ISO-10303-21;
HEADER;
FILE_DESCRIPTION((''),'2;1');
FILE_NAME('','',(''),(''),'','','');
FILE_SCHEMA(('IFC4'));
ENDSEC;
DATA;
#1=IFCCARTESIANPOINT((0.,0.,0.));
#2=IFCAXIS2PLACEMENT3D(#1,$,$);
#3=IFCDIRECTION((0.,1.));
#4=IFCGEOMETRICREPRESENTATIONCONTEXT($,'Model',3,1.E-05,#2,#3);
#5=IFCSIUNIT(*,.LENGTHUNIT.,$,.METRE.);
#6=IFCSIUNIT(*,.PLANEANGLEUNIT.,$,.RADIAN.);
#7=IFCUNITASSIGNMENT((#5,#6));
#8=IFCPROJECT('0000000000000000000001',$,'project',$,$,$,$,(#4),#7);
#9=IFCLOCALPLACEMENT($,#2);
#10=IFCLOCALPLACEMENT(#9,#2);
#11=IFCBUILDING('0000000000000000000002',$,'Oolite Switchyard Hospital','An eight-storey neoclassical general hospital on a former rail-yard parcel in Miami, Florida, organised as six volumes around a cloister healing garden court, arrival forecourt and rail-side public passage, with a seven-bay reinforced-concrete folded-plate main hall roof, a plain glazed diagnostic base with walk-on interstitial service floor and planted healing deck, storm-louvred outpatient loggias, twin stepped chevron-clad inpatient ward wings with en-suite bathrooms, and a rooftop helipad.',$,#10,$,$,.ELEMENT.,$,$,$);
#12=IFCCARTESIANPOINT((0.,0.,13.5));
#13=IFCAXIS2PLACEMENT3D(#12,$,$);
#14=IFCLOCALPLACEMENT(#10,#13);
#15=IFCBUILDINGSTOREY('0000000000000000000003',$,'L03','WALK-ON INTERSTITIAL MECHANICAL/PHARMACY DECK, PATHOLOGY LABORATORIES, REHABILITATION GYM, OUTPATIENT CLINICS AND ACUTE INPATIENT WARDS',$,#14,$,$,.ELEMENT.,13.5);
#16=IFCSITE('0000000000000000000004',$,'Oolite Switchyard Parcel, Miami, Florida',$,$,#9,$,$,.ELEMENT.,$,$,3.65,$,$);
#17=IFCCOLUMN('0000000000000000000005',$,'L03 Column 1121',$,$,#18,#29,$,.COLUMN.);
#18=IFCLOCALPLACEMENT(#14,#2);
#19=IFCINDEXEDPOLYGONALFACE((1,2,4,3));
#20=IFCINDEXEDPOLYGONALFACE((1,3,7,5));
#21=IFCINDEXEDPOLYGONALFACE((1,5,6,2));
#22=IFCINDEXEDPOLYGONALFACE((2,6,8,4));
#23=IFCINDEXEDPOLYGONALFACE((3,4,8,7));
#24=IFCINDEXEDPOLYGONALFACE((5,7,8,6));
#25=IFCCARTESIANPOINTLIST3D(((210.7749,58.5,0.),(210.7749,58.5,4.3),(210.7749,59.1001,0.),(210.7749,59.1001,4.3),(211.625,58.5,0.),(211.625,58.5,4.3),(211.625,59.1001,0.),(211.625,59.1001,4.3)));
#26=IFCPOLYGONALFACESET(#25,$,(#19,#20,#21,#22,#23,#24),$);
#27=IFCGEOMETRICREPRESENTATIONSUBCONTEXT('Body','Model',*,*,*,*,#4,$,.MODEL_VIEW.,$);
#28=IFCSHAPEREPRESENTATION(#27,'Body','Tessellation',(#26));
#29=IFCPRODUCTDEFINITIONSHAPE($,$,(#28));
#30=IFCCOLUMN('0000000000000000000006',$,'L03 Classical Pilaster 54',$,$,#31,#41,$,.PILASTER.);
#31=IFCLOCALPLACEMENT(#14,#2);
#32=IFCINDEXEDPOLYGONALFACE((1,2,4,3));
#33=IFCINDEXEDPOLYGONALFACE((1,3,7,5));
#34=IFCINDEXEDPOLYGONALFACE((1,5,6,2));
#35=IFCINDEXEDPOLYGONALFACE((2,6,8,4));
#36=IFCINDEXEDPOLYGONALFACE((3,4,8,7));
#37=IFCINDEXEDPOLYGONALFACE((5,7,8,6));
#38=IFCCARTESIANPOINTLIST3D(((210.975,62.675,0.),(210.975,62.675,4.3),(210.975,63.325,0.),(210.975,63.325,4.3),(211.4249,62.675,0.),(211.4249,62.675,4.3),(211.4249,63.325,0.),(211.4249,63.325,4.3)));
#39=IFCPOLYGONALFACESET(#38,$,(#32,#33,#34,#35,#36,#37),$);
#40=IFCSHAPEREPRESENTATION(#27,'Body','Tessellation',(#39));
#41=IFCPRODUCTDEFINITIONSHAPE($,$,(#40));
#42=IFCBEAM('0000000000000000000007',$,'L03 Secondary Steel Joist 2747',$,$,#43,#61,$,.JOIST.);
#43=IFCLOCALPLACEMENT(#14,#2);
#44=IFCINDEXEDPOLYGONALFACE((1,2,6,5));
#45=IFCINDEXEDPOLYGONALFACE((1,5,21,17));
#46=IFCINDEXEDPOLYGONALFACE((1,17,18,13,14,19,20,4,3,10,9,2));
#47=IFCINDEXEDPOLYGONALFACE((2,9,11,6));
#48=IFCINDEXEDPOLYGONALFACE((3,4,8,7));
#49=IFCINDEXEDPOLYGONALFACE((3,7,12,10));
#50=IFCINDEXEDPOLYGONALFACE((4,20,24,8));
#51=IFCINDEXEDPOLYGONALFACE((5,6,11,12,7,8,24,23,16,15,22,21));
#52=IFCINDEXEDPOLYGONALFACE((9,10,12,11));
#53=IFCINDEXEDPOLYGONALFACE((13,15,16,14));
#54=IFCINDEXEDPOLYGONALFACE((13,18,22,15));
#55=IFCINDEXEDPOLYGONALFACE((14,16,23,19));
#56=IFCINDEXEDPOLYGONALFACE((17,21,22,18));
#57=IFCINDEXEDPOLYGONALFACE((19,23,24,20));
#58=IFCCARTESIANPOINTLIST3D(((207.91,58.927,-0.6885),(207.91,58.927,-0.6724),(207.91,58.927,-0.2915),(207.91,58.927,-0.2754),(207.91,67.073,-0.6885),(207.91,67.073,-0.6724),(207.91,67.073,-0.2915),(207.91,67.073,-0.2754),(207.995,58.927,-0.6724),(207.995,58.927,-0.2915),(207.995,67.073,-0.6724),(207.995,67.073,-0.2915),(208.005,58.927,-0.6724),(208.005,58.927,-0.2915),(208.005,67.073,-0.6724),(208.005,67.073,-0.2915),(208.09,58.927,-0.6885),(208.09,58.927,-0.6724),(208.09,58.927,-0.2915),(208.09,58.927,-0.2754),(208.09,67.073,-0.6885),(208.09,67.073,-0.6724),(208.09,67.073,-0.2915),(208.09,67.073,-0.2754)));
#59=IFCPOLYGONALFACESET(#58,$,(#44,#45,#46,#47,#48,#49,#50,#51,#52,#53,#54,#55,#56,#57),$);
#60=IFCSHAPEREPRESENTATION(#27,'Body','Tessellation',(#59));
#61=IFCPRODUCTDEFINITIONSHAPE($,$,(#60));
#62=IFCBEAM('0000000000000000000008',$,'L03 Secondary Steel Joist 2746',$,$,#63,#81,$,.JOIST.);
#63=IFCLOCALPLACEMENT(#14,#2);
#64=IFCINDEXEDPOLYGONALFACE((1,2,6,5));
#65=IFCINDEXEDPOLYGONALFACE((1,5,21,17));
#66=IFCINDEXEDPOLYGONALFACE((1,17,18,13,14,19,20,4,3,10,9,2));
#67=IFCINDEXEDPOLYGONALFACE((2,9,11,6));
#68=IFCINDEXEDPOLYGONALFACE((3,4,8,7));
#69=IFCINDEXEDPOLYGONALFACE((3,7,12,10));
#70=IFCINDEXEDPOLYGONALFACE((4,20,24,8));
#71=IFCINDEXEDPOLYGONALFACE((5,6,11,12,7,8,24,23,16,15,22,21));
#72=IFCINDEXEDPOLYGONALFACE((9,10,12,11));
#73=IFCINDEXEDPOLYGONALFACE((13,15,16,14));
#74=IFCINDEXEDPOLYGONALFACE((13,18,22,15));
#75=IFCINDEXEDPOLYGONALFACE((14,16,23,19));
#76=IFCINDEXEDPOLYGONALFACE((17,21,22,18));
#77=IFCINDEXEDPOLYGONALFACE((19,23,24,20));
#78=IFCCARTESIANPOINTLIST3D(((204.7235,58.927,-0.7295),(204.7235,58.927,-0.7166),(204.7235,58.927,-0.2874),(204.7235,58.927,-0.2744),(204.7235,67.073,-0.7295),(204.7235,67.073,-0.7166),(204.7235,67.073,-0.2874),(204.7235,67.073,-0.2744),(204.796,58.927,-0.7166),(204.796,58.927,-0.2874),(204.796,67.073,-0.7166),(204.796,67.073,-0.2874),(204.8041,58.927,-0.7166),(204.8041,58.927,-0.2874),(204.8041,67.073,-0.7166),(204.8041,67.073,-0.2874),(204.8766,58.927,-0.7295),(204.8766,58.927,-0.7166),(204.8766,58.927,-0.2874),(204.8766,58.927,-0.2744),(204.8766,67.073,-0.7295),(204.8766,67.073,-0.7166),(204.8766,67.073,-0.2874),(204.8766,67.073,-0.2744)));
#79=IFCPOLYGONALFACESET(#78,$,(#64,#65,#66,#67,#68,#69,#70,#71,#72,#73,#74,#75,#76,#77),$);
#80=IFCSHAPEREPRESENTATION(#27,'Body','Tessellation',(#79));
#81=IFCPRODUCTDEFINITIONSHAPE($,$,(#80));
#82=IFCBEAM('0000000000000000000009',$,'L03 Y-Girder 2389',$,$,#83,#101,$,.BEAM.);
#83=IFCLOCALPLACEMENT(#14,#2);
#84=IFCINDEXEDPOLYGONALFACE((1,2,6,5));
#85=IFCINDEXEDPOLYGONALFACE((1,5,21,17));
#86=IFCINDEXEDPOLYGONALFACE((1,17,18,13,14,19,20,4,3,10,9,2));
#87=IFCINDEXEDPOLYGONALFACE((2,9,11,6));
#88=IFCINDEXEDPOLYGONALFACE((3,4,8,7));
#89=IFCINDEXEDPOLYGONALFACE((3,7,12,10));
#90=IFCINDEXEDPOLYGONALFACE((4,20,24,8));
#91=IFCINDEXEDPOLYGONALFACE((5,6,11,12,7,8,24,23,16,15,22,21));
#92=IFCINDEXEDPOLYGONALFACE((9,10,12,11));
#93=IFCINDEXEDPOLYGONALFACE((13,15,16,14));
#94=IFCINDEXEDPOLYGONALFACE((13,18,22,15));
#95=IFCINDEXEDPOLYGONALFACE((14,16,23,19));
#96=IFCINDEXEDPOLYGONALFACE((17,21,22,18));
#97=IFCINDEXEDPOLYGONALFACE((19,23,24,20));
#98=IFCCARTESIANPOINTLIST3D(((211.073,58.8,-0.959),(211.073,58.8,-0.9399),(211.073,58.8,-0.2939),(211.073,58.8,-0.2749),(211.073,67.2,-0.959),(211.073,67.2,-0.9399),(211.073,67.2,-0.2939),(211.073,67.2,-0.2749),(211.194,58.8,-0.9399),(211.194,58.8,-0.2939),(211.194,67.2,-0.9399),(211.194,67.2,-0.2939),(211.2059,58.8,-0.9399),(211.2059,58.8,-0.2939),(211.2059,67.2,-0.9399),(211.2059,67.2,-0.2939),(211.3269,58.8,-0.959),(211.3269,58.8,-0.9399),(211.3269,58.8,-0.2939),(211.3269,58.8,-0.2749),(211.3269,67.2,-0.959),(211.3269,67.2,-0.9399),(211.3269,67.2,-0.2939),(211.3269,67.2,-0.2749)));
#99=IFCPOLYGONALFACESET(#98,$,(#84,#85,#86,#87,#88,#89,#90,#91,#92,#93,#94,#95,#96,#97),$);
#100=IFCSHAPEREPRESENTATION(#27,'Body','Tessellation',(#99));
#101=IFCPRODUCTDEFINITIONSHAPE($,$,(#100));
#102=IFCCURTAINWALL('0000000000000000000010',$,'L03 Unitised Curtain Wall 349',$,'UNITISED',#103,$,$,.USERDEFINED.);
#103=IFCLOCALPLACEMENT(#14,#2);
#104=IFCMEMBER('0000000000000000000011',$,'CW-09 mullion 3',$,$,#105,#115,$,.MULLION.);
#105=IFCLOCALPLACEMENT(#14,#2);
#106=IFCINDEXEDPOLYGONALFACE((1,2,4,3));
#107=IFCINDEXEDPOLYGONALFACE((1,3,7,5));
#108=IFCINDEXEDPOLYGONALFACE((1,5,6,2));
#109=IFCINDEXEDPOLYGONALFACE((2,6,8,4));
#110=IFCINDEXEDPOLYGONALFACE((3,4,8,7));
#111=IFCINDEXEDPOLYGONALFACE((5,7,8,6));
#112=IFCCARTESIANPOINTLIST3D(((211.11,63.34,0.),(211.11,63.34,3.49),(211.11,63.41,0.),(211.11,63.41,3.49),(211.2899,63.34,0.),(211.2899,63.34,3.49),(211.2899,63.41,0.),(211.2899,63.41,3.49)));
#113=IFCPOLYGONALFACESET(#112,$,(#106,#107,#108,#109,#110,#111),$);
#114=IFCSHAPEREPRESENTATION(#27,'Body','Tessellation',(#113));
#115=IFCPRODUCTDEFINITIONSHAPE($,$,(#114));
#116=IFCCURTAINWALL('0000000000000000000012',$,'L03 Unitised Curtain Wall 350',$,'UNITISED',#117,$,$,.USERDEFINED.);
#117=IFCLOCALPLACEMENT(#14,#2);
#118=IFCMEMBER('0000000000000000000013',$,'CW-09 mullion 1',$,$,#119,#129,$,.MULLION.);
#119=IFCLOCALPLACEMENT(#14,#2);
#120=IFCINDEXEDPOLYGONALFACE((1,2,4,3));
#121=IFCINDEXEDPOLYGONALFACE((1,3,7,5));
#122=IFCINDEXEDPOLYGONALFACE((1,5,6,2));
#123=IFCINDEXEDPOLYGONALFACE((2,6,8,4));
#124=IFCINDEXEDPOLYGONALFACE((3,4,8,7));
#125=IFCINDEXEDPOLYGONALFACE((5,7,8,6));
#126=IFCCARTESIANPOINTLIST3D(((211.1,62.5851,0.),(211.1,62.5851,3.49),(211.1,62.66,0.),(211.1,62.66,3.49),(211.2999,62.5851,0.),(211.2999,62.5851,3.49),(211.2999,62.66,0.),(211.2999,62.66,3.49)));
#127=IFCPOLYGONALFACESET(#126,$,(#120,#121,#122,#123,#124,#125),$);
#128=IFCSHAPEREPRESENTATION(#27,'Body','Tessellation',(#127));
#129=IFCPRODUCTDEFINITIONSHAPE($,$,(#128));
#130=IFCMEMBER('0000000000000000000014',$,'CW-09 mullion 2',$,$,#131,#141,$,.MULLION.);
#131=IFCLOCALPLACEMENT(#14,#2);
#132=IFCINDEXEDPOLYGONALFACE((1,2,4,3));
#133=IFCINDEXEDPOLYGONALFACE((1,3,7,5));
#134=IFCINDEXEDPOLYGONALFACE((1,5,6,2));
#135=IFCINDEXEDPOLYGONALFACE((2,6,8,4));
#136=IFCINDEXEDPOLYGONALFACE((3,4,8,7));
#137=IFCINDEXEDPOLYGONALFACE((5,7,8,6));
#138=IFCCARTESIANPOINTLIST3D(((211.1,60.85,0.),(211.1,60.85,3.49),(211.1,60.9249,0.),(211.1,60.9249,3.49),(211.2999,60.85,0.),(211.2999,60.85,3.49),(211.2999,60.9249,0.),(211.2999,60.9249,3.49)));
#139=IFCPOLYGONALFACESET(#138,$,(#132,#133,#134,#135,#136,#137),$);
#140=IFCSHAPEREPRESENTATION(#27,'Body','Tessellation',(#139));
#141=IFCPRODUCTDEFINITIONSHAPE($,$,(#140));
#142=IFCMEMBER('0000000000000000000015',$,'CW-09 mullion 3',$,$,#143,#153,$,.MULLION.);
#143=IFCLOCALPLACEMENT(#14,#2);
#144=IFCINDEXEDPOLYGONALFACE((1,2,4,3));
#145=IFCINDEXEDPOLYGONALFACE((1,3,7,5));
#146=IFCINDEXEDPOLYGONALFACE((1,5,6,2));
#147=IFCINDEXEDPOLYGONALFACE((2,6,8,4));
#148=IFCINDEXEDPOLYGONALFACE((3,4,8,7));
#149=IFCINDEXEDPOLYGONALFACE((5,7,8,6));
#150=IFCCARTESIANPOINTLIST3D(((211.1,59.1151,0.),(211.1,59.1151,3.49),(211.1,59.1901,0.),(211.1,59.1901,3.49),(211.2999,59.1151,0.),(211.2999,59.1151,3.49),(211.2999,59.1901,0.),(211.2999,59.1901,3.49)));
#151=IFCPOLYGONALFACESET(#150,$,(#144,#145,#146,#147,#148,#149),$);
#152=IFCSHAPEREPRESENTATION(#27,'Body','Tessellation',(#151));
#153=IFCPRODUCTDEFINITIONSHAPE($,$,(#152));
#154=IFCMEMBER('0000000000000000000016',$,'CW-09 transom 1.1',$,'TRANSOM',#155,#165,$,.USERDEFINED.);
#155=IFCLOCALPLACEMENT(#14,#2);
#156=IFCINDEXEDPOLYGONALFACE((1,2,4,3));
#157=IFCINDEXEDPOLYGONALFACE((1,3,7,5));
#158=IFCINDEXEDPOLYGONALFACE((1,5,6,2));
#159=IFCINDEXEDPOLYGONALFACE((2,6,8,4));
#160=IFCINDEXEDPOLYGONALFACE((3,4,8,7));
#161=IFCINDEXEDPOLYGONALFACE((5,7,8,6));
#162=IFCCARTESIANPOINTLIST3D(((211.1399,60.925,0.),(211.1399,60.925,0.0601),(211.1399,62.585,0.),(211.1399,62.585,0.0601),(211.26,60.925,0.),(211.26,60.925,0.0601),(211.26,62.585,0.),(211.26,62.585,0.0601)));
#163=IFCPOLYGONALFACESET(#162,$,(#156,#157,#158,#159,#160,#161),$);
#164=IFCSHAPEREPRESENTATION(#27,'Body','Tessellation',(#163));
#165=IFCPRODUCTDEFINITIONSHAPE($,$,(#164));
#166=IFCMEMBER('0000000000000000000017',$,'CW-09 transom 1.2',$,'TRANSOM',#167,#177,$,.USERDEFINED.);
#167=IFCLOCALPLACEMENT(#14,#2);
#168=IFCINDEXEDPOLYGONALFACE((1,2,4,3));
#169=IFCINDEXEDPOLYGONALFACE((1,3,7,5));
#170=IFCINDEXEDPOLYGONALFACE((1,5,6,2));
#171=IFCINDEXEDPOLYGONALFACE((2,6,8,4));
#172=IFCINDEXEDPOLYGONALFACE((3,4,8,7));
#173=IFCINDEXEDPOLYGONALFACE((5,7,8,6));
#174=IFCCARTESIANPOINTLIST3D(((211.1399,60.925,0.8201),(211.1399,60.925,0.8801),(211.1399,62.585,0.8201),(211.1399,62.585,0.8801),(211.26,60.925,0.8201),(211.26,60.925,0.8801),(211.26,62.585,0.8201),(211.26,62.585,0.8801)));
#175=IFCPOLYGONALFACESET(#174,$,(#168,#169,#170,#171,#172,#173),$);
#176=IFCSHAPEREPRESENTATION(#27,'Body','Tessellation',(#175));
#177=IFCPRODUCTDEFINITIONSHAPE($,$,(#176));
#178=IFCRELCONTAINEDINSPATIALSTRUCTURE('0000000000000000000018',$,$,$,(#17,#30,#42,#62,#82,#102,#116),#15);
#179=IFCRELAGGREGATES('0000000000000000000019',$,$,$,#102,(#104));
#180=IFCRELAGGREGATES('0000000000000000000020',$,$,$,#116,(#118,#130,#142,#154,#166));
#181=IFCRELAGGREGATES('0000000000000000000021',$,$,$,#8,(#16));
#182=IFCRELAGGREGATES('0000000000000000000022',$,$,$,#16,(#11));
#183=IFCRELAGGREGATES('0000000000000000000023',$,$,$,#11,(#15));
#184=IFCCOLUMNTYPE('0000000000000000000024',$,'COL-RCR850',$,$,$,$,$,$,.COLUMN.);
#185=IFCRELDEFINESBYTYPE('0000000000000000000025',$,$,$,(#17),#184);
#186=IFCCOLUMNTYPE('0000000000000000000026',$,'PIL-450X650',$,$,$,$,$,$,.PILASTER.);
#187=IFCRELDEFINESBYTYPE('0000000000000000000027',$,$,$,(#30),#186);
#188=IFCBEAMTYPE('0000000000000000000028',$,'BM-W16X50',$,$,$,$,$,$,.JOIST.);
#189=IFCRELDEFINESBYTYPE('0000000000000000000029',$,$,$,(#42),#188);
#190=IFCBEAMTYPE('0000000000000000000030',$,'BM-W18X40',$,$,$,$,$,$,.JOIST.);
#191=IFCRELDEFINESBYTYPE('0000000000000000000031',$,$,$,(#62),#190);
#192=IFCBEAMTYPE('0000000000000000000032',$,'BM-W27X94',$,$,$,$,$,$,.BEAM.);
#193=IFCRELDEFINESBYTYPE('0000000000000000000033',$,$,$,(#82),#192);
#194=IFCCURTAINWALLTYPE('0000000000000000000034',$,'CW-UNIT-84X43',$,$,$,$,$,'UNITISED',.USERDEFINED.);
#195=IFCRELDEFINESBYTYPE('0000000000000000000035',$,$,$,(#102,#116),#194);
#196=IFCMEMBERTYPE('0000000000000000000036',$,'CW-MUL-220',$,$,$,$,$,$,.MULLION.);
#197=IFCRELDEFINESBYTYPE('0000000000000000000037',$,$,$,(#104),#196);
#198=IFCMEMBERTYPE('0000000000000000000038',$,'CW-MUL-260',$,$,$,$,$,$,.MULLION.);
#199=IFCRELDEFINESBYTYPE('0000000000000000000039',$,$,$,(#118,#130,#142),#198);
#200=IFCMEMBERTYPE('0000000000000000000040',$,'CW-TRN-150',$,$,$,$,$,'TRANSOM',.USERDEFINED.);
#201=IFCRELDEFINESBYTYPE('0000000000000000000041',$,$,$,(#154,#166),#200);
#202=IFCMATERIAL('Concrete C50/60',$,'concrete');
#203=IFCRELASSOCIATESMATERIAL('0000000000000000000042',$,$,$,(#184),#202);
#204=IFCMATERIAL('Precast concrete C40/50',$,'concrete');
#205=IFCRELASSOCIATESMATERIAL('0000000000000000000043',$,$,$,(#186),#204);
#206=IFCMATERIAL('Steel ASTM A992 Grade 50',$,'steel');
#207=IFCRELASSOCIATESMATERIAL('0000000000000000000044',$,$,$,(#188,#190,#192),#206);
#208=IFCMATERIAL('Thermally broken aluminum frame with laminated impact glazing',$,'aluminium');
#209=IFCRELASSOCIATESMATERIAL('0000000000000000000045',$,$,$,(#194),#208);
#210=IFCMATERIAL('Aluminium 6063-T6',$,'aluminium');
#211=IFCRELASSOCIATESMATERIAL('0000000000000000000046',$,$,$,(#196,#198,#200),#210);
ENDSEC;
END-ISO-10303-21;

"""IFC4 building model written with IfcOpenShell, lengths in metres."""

from ifc_helpers import new_model, si_unit, direction, frame, origin, origin_2d, place, context, subcontext, project, spatial, rectangle, i_section, extrude, material, material_profile, profile_set, type_object, element, aggregate, save


model = new_model("IFC4")

# Units and contexts
model_context = context("Model", 3, precision=1e-05, world=origin(), true_north=direction((0.0, 1.0)))
body_context = subcontext(model_context, "Body", "Model", "MODEL_VIEW")
ifc_project = project(units=[si_unit("LENGTHUNIT", "METRE"), si_unit("PLANEANGLEUNIT", "RADIAN")], contexts=[model_context])

# Site, building, storey
site_placement = place(None, origin())
site = spatial("IfcSite", under=ifc_project, at=site_placement, Name="Oolite Switchyard Parcel, Miami, Florida", CompositionType="ELEMENT", RefElevation=3.65)
building_placement = place(site_placement, origin())
building = spatial("IfcBuilding", under=site, at=building_placement, Name="Oolite Switchyard Hospital", Description="An eight-storey neoclassical general hospital on a former rail-yard parcel in Miami, Florida, organised as six volumes around a cloister healing garden court, arrival forecourt and rail-side public passage, with a seven-bay reinforced-concrete folded-plate main hall roof, a plain glazed diagnostic base with walk-on interstitial service floor and planted healing deck, storm-louvred outpatient loggias, twin stepped chevron-clad inpatient ward wings with en-suite bathrooms, and a rooftop helipad.", CompositionType="ELEMENT")
storey_placement = place(building_placement, frame((0.0, 0.0, 13.5)))
storey = spatial("IfcBuildingStorey", under=building, at=storey_placement, Name="L03", Description="WALK-ON INTERSTITIAL MECHANICAL/PHARMACY DECK, PATHOLOGY LABORATORIES, REHABILITATION GYM, OUTPATIENT CLINICS AND ACUTE INPATIENT WARDS", CompositionType="ELEMENT", Elevation=13.5)

# Columns
ifc_material_1 = material(Name="Concrete C50/60", Category="concrete")
ifc_material_profile_1 = material_profile(ifc_material_1, rectangle(XDim=0.8501, YDim=0.6001, at=origin_2d()), Name="RC850X600")
ifc_profile_set_1 = profile_set([ifc_material_profile_1], Name="Concrete C50/60")
column_type_1 = type_object("IfcColumnType", Name="COL-RCR850", PredefinedType="COLUMN", material=ifc_profile_set_1)
column_1_placement = place(storey_placement, frame((211.2, 58.8, 0.0), z_axis=(0.0, 0.0, 1.0), x_axis=(1.0, 0.0, 0.0)))
element("IfcColumn", 1, at=column_1_placement, inside=storey, type_object=column_type_1, Name="L03 Column 1121", PredefinedType="COLUMN", context=body_context, shape_type="SweptSolid", body=[
    extrude(rectangle(XDim=0.8501, YDim=0.6001, at=origin_2d()), origin(), (0.0, 0.0, 1.0), 4.3),
])
ifc_material_2 = material(Name="Precast concrete C40/50", Category="concrete")
ifc_material_profile_2 = material_profile(ifc_material_2, rectangle(XDim=0.45, YDim=0.6499, at=origin_2d()), Name="PIL450X650")
ifc_profile_set_2 = profile_set([ifc_material_profile_2], Name="Precast concrete C40/50")
column_type_2 = type_object("IfcColumnType", Name="PIL-450X650", PredefinedType="PILASTER", material=ifc_profile_set_2)
column_2_placement = place(storey_placement, frame((211.2, 63.0, 0.0), z_axis=(0.0, 0.0, 1.0), x_axis=(1.0, 0.0, 0.0)))
element("IfcColumn", 2, at=column_2_placement, inside=storey, type_object=column_type_2, Name="L03 Classical Pilaster 54", PredefinedType="PILASTER", context=body_context, shape_type="SweptSolid", body=[
    extrude(rectangle(XDim=0.45, YDim=0.6499, at=origin_2d()), origin(), (0.0, 0.0, 1.0), 4.3),
])

# Beams
ifc_material_3 = material(Name="Steel ASTM A992 Grade 50", Category="steel")
ifc_material_profile_3 = material_profile(ifc_material_3, i_section(OverallWidth=0.1799, OverallDepth=0.4131, WebThickness=0.01, FlangeThickness=0.0161, at=origin_2d()), Name="W16X50")
ifc_profile_set_3 = profile_set([ifc_material_profile_3], Name="Steel ASTM A992 Grade 50")
beam_type_1 = type_object("IfcBeamType", Name="BM-W16X50", PredefinedType="JOIST", material=ifc_profile_set_3)
beam_1_placement = place(storey_placement, frame((208.0, 58.927, -0.4819), z_axis=(0.0, 1.0, 0.0), x_axis=(-1.0, 0.0, 0.0)))
element("IfcBeam", 3, at=beam_1_placement, inside=storey, type_object=beam_type_1, Name="L03 Secondary Steel Joist 2747", PredefinedType="JOIST", context=body_context, shape_type="SweptSolid", body=[
    extrude(i_section(OverallWidth=0.1799, OverallDepth=0.4131, WebThickness=0.01, FlangeThickness=0.0161, at=origin_2d()), origin(), (0.0, 0.0, 1.0), 8.146),
])
ifc_material_profile_4 = material_profile(ifc_material_3, i_section(OverallWidth=0.1531, OverallDepth=0.4551, WebThickness=0.0081, FlangeThickness=0.0129, at=origin_2d()), Name="W18X40")
ifc_profile_set_4 = profile_set([ifc_material_profile_4], Name="Steel ASTM A992 Grade 50")
beam_type_2 = type_object("IfcBeamType", Name="BM-W18X40", PredefinedType="JOIST", material=ifc_profile_set_4)
beam_2_placement = place(storey_placement, frame((204.8, 58.927, -0.502), z_axis=(0.0, 1.0, 0.0), x_axis=(-1.0, 0.0, 0.0)))
element("IfcBeam", 4, at=beam_2_placement, inside=storey, type_object=beam_type_2, Name="L03 Secondary Steel Joist 2746", PredefinedType="JOIST", context=body_context, shape_type="SweptSolid", body=[
    extrude(i_section(OverallWidth=0.1531, OverallDepth=0.4551, WebThickness=0.0081, FlangeThickness=0.0129, at=origin_2d()), origin(), (0.0, 0.0, 1.0), 8.146),
])
ifc_material_profile_5 = material_profile(ifc_material_3, i_section(OverallWidth=0.2539, OverallDepth=0.6841, WebThickness=0.012, FlangeThickness=0.019, at=origin_2d()), Name="W27X94")
ifc_profile_set_5 = profile_set([ifc_material_profile_5], Name="Steel ASTM A992 Grade 50")
beam_type_3 = type_object("IfcBeamType", Name="BM-W27X94", PredefinedType="BEAM", material=ifc_profile_set_5)
beam_3_placement = place(storey_placement, frame((211.2, 58.8, -0.6169), z_axis=(0.0, 1.0, 0.0), x_axis=(-1.0, 0.0, 0.0)))
element("IfcBeam", 5, at=beam_3_placement, inside=storey, type_object=beam_type_3, Name="L03 Y-Girder 2389", PredefinedType="BEAM", context=body_context, shape_type="SweptSolid", body=[
    extrude(i_section(OverallWidth=0.2539, OverallDepth=0.6841, WebThickness=0.012, FlangeThickness=0.019, at=origin_2d()), origin(), (0.0, 0.0, 1.0), 8.3999),
])

# Curtain wall, member
ifc_material_4 = material(Name="Thermally broken aluminum frame with laminated impact glazing", Category="aluminium")
curtain_wall_type = type_object("IfcCurtainWallType", Name="CW-UNIT-84X43", ElementType="UNITISED", PredefinedType="USERDEFINED", material=ifc_material_4)
curtain_wall_1_placement = place(storey_placement, origin())
curtain_wall_1 = element("IfcCurtainWall", 6, at=curtain_wall_1_placement, inside=storey, type_object=curtain_wall_type, Name="L03 Unitised Curtain Wall 349", ObjectType="UNITISED", PredefinedType="USERDEFINED")
ifc_material_5 = material(Name="Aluminium 6063-T6", Category="aluminium")
ifc_material_profile_6 = material_profile(ifc_material_5, rectangle(XDim=0.1799, YDim=0.0701, at=origin_2d()), Name="CWM70X180")
ifc_profile_set_6 = profile_set([ifc_material_profile_6], Name="Aluminium 6063-T6")
member_type_1 = type_object("IfcMemberType", Name="CW-MUL-220", PredefinedType="MULLION", material=ifc_profile_set_6)
member_1_placement = place(storey_placement, frame((211.2, 63.375, 0.0), z_axis=(0.0, 0.0, 1.0), x_axis=(1.0, 0.0, 0.0)))
member_1 = element("IfcMember", 7, at=member_1_placement, type_object=member_type_1, Name="CW-09 mullion 3", PredefinedType="MULLION", context=body_context, shape_type="SweptSolid", body=[
    extrude(rectangle(XDim=0.1799, YDim=0.0701, at=origin_2d()), origin(), (0.0, 0.0, 1.0), 3.49),
])

# Curtain wall, members
curtain_wall_2_placement = place(storey_placement, origin())
curtain_wall_2 = element("IfcCurtainWall", 8, at=curtain_wall_2_placement, inside=storey, type_object=curtain_wall_type, Name="L03 Unitised Curtain Wall 350", ObjectType="UNITISED", PredefinedType="USERDEFINED")
ifc_material_profile_7 = material_profile(ifc_material_5, rectangle(XDim=0.2, YDim=0.075, at=origin_2d()), Name="CWM75X200")
ifc_profile_set_7 = profile_set([ifc_material_profile_7], Name="Aluminium 6063-T6")
member_type_2 = type_object("IfcMemberType", Name="CW-MUL-260", PredefinedType="MULLION", material=ifc_profile_set_7)
member_2_placement = place(storey_placement, frame((211.2, 62.6226, 0.0), z_axis=(0.0, 0.0, 1.0), x_axis=(1.0, 0.0, 0.0)))
member_2 = element("IfcMember", 9, at=member_2_placement, type_object=member_type_2, Name="CW-09 mullion 1", PredefinedType="MULLION", context=body_context, shape_type="SweptSolid", body=[
    extrude(rectangle(XDim=0.2, YDim=0.075, at=origin_2d()), origin(), (0.0, 0.0, 1.0), 3.49),
])
member_3_placement = place(storey_placement, frame((211.2, 60.8875, 0.0), z_axis=(0.0, 0.0, 1.0), x_axis=(1.0, 0.0, 0.0)))
member_3 = element("IfcMember", 10, at=member_3_placement, type_object=member_type_2, Name="CW-09 mullion 2", PredefinedType="MULLION", context=body_context, shape_type="SweptSolid", body=[
    extrude(rectangle(XDim=0.2, YDim=0.075, at=origin_2d()), origin(), (0.0, 0.0, 1.0), 3.49),
])
member_4_placement = place(storey_placement, frame((211.2, 59.1526, 0.0), z_axis=(0.0, 0.0, 1.0), x_axis=(1.0, 0.0, 0.0)))
member_4 = element("IfcMember", 11, at=member_4_placement, type_object=member_type_2, Name="CW-09 mullion 3", PredefinedType="MULLION", context=body_context, shape_type="SweptSolid", body=[
    extrude(rectangle(XDim=0.2, YDim=0.075, at=origin_2d()), origin(), (0.0, 0.0, 1.0), 3.49),
])
ifc_material_profile_8 = material_profile(ifc_material_5, rectangle(XDim=0.1201, YDim=0.0601, at=origin_2d()), Name="CWT60X120")
ifc_profile_set_8 = profile_set([ifc_material_profile_8], Name="Aluminium 6063-T6")
member_type_3 = type_object("IfcMemberType", Name="CW-TRN-150", ElementType="TRANSOM", PredefinedType="USERDEFINED", material=ifc_profile_set_8)
member_5_placement = place(storey_placement, frame((211.2, 62.585, 0.03), z_axis=(0.0, -1.0, 0.0), x_axis=(1.0, 0.0, 0.0)))
member_5 = element("IfcMember", 12, at=member_5_placement, type_object=member_type_3, Name="CW-09 transom 1.1", ObjectType="TRANSOM", PredefinedType="USERDEFINED", context=body_context, shape_type="SweptSolid", body=[
    extrude(rectangle(XDim=0.1201, YDim=0.0601, at=origin_2d()), origin(), (0.0, 0.0, 1.0), 1.6599),
])
member_6_placement = place(storey_placement, frame((211.2, 62.585, 0.8501), z_axis=(0.0, -1.0, 0.0), x_axis=(1.0, 0.0, 0.0)))
member_6 = element("IfcMember", 13, at=member_6_placement, type_object=member_type_3, Name="CW-09 transom 1.2", ObjectType="TRANSOM", PredefinedType="USERDEFINED", context=body_context, shape_type="SweptSolid", body=[
    extrude(rectangle(XDim=0.1201, YDim=0.0601, at=origin_2d()), origin(), (0.0, 0.0, 1.0), 1.6599),
])

aggregate(curtain_wall_1, [member_1])
aggregate(curtain_wall_2, [member_2, member_3, member_4, member_5, member_6])

save(model, "model.ifc")
